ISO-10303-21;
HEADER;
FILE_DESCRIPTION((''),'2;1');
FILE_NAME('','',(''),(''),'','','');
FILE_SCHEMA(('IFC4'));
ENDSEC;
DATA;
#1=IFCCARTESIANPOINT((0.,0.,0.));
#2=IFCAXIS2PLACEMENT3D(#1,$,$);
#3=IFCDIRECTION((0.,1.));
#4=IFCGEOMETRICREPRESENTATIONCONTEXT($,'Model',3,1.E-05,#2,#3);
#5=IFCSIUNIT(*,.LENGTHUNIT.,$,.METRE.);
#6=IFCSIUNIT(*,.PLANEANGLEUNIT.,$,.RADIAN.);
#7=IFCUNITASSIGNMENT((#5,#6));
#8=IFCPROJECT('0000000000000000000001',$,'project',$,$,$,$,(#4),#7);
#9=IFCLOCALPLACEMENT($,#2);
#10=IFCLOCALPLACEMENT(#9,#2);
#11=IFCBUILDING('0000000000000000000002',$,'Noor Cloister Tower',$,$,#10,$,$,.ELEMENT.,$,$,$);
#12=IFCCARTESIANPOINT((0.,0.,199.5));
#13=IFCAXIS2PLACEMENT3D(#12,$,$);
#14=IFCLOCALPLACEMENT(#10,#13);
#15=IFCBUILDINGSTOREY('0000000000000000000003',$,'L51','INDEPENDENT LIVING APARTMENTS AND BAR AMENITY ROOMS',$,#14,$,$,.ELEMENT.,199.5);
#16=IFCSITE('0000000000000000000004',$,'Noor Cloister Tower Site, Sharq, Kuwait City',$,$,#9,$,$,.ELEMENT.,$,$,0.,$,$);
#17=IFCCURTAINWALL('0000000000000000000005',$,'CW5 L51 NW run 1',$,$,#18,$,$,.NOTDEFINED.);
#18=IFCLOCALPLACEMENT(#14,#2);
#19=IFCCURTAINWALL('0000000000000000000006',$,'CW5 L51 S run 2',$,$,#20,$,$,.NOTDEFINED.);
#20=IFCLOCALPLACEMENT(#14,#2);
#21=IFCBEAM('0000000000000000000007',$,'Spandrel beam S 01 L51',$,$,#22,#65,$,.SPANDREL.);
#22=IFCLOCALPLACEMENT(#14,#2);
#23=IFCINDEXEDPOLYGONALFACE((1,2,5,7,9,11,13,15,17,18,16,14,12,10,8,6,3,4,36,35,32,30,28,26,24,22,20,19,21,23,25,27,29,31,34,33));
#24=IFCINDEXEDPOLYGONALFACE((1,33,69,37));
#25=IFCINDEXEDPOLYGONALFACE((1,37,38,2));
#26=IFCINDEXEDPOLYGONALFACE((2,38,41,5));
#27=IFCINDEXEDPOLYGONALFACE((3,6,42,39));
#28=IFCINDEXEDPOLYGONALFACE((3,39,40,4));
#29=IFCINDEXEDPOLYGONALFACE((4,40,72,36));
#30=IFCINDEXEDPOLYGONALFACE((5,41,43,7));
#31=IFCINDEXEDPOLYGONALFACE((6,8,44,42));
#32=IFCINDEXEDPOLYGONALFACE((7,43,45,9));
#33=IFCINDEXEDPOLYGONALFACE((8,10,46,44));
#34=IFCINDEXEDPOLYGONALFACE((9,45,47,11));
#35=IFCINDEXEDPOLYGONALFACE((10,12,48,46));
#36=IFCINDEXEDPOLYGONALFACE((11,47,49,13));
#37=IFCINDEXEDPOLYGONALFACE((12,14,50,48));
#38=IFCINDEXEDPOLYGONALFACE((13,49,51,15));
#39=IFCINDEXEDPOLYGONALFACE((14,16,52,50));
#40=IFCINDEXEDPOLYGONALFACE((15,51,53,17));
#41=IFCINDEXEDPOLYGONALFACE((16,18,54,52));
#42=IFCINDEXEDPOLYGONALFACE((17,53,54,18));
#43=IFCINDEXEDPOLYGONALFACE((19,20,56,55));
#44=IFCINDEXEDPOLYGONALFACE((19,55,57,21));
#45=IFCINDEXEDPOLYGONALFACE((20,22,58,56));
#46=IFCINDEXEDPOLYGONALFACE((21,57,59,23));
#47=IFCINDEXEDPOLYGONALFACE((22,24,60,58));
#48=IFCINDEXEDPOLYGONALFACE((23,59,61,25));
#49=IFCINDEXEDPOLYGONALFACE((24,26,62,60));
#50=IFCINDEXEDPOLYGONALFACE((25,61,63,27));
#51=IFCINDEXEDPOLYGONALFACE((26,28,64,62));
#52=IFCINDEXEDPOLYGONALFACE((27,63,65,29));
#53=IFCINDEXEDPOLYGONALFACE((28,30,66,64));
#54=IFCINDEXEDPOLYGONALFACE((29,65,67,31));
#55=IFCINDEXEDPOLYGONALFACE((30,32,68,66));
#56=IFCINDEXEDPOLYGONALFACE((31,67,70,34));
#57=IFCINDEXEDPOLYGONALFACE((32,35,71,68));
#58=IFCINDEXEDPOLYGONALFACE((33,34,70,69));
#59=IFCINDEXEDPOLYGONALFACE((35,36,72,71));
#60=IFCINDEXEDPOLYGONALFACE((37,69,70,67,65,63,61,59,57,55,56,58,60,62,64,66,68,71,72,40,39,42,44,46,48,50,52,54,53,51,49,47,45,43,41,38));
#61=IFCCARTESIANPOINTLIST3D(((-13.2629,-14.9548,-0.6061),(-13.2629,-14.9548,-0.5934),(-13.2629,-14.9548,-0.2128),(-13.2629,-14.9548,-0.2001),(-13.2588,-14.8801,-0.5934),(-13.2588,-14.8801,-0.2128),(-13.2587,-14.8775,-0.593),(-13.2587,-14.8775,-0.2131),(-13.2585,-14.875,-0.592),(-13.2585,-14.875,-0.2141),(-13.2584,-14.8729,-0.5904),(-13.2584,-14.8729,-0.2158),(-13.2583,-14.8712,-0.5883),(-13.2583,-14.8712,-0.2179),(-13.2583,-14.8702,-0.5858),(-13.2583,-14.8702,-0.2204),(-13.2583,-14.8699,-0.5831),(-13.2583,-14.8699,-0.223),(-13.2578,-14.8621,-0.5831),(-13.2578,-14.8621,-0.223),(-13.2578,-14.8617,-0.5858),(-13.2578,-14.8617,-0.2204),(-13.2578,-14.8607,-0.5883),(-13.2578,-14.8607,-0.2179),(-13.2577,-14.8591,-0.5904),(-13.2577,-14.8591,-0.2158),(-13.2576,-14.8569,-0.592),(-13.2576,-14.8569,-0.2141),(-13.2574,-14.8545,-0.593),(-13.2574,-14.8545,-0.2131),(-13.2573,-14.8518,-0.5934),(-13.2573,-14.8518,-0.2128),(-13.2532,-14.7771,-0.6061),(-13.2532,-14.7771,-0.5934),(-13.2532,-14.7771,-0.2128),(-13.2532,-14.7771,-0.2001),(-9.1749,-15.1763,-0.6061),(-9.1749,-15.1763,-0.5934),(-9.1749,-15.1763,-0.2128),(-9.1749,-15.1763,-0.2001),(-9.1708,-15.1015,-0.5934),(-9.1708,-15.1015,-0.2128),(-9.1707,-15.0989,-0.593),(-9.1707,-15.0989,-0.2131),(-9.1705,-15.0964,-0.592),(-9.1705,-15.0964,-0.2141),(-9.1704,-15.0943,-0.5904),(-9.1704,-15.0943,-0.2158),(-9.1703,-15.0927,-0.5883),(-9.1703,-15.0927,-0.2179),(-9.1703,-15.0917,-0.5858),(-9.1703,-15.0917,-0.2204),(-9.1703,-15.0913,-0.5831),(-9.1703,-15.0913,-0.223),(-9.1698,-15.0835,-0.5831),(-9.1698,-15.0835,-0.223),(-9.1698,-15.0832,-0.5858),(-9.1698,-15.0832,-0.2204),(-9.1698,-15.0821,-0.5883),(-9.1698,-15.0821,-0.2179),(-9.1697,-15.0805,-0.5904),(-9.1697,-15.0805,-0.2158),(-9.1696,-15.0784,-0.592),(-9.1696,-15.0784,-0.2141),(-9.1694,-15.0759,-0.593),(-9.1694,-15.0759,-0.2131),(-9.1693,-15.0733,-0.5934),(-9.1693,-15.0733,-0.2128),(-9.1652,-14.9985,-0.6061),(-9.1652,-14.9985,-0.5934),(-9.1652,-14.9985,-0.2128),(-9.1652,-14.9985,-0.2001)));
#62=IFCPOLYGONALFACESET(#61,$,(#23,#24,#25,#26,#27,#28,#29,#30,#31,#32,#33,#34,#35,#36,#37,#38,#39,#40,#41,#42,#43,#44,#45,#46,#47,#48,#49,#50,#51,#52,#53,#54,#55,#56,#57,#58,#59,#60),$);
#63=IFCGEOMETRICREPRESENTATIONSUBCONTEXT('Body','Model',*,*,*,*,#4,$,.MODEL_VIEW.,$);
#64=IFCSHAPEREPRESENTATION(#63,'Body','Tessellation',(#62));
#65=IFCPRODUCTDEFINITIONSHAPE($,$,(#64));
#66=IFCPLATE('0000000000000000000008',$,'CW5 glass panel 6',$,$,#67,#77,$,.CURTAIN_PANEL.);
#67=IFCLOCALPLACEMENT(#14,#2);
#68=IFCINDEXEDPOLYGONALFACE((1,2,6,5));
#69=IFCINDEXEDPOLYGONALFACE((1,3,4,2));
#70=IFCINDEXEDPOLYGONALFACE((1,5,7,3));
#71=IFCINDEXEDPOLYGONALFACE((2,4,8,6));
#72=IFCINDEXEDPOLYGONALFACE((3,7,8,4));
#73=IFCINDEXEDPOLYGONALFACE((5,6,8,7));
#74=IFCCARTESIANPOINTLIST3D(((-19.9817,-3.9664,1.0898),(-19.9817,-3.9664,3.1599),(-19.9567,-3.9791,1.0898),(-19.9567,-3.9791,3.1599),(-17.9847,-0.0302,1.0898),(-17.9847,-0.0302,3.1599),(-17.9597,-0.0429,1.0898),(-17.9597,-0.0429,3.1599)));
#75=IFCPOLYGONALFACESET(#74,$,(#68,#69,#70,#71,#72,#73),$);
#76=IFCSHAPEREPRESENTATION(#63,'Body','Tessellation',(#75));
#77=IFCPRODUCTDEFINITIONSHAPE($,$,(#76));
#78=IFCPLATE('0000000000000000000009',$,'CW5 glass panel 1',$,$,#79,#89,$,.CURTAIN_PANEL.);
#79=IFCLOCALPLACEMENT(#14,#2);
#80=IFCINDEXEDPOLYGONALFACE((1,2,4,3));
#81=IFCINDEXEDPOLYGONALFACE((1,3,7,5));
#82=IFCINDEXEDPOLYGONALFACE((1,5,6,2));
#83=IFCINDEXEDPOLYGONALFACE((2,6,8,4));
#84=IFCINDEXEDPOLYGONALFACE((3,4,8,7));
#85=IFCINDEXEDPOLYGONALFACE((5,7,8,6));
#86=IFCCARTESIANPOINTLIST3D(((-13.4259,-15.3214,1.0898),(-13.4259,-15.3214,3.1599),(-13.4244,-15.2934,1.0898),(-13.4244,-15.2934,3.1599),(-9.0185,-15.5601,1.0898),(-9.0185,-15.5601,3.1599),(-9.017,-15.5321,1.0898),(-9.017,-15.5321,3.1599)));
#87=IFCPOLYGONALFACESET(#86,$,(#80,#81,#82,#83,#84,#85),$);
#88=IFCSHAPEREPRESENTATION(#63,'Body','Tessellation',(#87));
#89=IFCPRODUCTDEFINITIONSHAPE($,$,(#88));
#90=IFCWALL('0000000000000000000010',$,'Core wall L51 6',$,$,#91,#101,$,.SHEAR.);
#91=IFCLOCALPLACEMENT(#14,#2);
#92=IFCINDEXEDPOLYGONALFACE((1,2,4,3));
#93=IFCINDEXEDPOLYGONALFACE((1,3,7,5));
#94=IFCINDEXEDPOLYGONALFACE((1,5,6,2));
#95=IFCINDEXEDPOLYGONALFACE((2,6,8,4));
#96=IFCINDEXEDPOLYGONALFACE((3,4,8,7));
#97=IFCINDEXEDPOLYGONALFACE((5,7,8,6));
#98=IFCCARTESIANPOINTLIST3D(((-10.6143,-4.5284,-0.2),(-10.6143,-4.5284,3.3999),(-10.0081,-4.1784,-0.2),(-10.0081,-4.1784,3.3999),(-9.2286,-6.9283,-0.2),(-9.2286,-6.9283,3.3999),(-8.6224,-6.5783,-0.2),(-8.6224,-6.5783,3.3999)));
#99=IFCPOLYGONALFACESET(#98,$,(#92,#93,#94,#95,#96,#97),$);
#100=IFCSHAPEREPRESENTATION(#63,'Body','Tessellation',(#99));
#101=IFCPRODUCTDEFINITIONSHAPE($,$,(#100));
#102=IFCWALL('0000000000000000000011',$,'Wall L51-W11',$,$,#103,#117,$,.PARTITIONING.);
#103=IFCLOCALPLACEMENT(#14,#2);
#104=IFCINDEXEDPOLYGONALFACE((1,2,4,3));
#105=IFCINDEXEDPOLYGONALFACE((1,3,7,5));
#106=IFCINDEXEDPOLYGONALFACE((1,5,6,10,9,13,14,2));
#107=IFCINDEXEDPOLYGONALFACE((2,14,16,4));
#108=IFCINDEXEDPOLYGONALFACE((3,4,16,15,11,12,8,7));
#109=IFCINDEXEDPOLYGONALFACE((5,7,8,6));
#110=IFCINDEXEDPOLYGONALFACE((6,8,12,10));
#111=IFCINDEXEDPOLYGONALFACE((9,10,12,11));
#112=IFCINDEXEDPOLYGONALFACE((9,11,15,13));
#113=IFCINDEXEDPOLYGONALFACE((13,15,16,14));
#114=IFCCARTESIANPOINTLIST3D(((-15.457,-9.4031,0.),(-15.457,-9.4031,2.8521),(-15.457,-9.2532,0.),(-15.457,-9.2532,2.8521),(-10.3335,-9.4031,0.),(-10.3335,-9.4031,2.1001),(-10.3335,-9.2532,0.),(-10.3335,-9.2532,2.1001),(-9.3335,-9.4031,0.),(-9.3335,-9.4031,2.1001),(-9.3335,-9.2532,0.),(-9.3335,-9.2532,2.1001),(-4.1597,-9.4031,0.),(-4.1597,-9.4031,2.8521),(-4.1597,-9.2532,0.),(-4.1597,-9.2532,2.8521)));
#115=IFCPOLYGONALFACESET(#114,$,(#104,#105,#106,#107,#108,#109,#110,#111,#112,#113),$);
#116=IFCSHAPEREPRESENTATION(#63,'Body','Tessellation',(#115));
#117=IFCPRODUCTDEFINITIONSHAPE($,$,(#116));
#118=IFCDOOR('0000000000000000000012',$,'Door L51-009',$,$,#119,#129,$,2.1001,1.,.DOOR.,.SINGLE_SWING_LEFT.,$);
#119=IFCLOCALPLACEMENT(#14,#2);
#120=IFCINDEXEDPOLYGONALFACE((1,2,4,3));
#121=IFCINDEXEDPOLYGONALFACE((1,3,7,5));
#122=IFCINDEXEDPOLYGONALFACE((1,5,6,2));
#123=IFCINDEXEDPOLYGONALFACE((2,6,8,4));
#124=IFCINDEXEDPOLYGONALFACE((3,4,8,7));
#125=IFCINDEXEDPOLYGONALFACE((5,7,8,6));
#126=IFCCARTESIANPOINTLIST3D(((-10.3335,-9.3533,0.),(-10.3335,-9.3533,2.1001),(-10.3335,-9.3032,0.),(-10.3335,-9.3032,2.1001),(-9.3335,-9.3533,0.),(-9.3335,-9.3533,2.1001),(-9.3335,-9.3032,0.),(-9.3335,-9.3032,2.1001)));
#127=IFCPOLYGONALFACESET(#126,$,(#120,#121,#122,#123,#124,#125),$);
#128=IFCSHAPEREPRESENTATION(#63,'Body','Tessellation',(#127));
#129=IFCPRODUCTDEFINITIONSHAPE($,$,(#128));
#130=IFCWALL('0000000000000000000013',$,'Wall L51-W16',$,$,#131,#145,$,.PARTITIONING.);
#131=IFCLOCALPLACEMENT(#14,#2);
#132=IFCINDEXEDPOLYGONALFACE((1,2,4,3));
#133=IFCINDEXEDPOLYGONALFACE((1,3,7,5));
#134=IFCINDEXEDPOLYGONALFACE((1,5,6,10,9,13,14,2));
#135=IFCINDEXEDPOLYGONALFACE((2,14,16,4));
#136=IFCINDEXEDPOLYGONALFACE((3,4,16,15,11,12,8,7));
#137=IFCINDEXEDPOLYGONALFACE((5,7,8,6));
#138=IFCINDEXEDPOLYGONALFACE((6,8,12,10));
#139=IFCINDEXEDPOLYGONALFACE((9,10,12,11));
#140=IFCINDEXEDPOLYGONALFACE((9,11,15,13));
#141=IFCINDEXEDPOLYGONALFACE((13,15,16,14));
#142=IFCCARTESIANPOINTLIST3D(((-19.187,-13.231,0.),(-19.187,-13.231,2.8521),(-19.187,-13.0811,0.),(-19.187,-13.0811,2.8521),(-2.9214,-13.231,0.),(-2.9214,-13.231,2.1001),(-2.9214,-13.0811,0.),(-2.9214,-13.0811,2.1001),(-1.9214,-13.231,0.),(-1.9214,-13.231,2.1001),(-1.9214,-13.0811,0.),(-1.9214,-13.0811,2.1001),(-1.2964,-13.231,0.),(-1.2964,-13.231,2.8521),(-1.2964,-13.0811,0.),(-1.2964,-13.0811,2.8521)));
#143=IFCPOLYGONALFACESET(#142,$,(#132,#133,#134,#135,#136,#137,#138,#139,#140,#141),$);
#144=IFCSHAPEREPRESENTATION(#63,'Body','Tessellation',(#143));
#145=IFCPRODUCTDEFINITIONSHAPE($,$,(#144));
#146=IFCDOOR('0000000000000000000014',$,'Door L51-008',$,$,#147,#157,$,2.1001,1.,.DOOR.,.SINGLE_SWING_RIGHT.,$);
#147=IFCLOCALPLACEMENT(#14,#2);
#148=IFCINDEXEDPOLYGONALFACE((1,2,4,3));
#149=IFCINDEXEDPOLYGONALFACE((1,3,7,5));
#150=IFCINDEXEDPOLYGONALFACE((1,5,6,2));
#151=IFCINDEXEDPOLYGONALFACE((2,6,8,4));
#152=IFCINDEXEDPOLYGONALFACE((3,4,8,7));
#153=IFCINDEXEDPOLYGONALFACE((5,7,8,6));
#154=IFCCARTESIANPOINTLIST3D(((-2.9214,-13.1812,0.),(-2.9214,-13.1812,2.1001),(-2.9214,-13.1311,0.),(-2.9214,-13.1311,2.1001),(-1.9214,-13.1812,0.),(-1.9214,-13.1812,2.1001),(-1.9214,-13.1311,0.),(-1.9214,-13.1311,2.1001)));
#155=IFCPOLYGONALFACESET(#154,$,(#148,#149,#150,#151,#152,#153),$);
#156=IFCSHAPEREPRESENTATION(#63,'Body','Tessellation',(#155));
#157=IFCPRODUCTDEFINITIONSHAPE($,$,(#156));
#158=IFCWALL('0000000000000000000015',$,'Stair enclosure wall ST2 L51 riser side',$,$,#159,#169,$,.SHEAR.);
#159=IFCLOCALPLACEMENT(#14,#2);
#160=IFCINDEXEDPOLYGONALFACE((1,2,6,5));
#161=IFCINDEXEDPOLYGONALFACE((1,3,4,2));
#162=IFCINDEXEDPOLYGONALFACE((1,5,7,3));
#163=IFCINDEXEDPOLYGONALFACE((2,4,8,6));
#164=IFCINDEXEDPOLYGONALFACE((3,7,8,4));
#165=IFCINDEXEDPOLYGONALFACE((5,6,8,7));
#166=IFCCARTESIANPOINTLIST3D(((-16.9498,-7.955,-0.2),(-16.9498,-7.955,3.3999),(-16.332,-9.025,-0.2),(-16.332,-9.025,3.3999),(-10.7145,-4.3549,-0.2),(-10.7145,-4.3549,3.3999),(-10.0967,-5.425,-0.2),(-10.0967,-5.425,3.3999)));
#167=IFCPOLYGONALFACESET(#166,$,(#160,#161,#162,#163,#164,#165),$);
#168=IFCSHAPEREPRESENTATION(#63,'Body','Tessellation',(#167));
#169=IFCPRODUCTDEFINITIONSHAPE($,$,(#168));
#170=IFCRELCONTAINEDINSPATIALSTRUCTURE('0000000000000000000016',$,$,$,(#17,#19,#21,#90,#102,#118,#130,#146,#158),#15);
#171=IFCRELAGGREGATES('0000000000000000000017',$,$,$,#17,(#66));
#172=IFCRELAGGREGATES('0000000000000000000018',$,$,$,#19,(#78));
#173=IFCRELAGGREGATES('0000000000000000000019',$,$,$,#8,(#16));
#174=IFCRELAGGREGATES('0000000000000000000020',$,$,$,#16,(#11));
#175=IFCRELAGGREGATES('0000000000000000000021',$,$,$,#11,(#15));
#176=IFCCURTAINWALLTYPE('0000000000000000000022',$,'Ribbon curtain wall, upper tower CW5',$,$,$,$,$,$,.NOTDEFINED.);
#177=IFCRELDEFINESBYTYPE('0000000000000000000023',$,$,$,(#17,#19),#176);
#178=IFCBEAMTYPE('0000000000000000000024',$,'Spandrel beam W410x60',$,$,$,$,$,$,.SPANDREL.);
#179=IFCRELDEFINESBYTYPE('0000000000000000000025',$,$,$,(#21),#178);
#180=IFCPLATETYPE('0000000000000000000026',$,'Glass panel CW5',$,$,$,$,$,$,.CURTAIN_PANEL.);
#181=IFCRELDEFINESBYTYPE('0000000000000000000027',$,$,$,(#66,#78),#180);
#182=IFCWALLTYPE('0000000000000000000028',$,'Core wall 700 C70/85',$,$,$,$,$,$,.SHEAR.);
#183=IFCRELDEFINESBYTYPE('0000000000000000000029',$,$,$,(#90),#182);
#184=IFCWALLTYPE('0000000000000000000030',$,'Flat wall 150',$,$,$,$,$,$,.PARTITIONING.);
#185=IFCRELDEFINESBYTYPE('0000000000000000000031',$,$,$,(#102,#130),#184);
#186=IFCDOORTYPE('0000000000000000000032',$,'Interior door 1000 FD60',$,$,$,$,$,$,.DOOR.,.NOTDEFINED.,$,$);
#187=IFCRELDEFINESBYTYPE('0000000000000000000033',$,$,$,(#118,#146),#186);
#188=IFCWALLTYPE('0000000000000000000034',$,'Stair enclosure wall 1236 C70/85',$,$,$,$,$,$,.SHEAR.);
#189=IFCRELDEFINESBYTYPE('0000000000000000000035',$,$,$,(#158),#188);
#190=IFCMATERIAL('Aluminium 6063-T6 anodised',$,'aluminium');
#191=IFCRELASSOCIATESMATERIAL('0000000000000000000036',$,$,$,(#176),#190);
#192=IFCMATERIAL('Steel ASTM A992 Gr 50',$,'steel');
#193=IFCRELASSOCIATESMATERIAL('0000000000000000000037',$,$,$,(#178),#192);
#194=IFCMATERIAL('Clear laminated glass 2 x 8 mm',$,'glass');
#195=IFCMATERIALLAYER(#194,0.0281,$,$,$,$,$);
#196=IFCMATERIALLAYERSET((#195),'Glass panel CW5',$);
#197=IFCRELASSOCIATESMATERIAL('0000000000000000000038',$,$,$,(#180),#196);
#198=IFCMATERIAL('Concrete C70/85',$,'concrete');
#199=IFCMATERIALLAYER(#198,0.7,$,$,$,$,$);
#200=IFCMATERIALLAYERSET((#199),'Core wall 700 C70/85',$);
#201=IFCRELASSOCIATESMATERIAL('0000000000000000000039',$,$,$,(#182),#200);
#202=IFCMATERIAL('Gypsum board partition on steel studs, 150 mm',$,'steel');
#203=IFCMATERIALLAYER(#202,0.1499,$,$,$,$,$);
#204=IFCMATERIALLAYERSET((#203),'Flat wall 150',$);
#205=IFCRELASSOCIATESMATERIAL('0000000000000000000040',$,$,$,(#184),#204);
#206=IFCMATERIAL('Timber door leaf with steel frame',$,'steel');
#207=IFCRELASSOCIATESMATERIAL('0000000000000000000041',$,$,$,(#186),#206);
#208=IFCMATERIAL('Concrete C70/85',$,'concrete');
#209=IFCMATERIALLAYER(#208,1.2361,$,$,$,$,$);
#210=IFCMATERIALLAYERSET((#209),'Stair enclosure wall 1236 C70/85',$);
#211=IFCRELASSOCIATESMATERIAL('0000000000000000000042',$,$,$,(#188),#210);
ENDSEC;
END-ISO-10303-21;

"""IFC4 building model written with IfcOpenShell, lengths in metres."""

from ifc_helpers import new_model, si_unit, direction, frame, frame_2d, origin, origin_2d, place, context, subcontext, project, spatial, rectangle, i_section, extrude, material, layer, layer_set, material_profile, profile_set, type_object, element, fill, aggregate, save


model = new_model("IFC4")

# Units and contexts
model_context = context("Model", 3, precision=1e-05, world=origin(), true_north=direction((0.0, 1.0)))
body_context = subcontext(model_context, "Body", "Model", "MODEL_VIEW")
ifc_project = project(units=[si_unit("LENGTHUNIT", "METRE"), si_unit("PLANEANGLEUNIT", "RADIAN")], contexts=[model_context])

# Site, building, storey
site_placement = place(None, origin())
site = spatial("IfcSite", under=ifc_project, at=site_placement, Name="Noor Cloister Tower Site, Sharq, Kuwait City", CompositionType="ELEMENT", RefElevation=0.0)
building_placement = place(site_placement, origin())
building = spatial("IfcBuilding", under=site, at=building_placement, Name="Noor Cloister Tower", CompositionType="ELEMENT")
storey_placement = place(building_placement, frame((0.0, 0.0, 199.5)))
storey = spatial("IfcBuildingStorey", under=building, at=storey_placement, Name="L51", Description="INDEPENDENT LIVING APARTMENTS AND BAR AMENITY ROOMS", CompositionType="ELEMENT", Elevation=199.5)

# Curtain wall
ifc_material_1 = material(Name="Aluminium 6063-T6 anodised", Category="aluminium")
curtain_wall_type = type_object("IfcCurtainWallType", Name="Ribbon curtain wall, upper tower CW5", PredefinedType="NOTDEFINED", material=ifc_material_1)
curtain_wall_1_placement = place(storey_placement, origin())
curtain_wall_1 = element("IfcCurtainWall", 1, at=curtain_wall_1_placement, inside=storey, type_object=curtain_wall_type, Name="CW5 L51 NW run 1", PredefinedType="NOTDEFINED")

# Curtain wall
curtain_wall_2_placement = place(storey_placement, origin())
curtain_wall_2 = element("IfcCurtainWall", 2, at=curtain_wall_2_placement, inside=storey, type_object=curtain_wall_type, Name="CW5 L51 S run 2", PredefinedType="NOTDEFINED")

# Beam
ifc_material_2 = material(Name="Steel ASTM A992 Gr 50", Category="steel")
ifc_material_profile_1 = material_profile(ifc_material_2, i_section(OverallWidth=0.178, OverallDepth=0.406, WebThickness=0.0078, FlangeThickness=0.0127, FilletRadius=0.0103, at=origin_2d()), Name="W410x60")
ifc_profile_set_1 = profile_set([ifc_material_profile_1], Name="Steel ASTM A992 Gr 50")
beam_type_1 = type_object("IfcBeamType", Name="Spandrel beam W410x60", PredefinedType="SPANDREL", material=ifc_profile_set_1)
for number, where, z_axis, x_axis, name in (
    (3, (-13.2581, -14.866, -0.4031), (0.998536, -0.054089, 0.0), (0.054089, 0.998536, 0.0), "Spandrel beam S 01 L51"),
):
    element("IfcBeam", number, at=place(storey_placement, frame(where, z_axis=z_axis, x_axis=x_axis)), inside=storey, type_object=beam_type_1, Name=name, PredefinedType="SPANDREL", context=body_context, shape_type="SweptSolid", body=[
        extrude(i_section(OverallWidth=0.178, OverallDepth=0.406, WebThickness=0.0078, FlangeThickness=0.0127, FilletRadius=0.0103, at=origin_2d()), origin(), (0.0, 0.0, 1.0), 4.094),
    ])

# Plates
ifc_material_3 = material(Name="Clear laminated glass 2 x 8 mm", Category="glass")
ifc_layer_1 = layer(ifc_material_3, 0.0281)
ifc_layer_set_1 = layer_set([ifc_layer_1], Name="Glass panel CW5")
plate_type = type_object("IfcPlateType", Name="Glass panel CW5", PredefinedType="CURTAIN_PANEL", material=ifc_layer_set_1)
plate_1_placement = place(storey_placement, frame((-18.9707, -2.0046, 1.0898), z_axis=(0.0, 0.0, 1.0), x_axis=(-0.452439, -0.891795, 0.0)))
plate_1 = element("IfcPlate", 4, at=plate_1_placement, type_object=plate_type, Name="CW5 glass panel 6", PredefinedType="CURTAIN_PANEL", context=body_context, shape_type="SweptSolid", body=[
    extrude(rectangle(XDim=4.4138, YDim=0.0281, at=origin_2d()), origin(), (0.0, 0.0, 1.0), 2.0701),
])
aggregate(curtain_wall_1, [plate_1])
plate_2_placement = place(storey_placement, frame((-11.2214, -15.4268, 1.0898), z_axis=(0.0, 0.0, 1.0), x_axis=(0.998537, -0.054074, 0.0)))
plate_2 = element("IfcPlate", 5, at=plate_2_placement, type_object=plate_type, Name="CW5 glass panel 1", PredefinedType="CURTAIN_PANEL", context=body_context, shape_type="SweptSolid", body=[
    extrude(rectangle(XDim=4.4138, YDim=0.0281, at=origin_2d()), origin(), (0.0, 0.0, 1.0), 2.0701),
])
aggregate(curtain_wall_2, [plate_2])

# Wall
ifc_material_4 = material(Name="Concrete C70/85", Category="concrete")
ifc_layer_2 = layer(ifc_material_4, 0.7)
ifc_layer_set_2 = layer_set([ifc_layer_2], Name="Core wall 700 C70/85")
wall_type_1 = type_object("IfcWallType", Name="Core wall 700 C70/85", PredefinedType="SHEAR", material=ifc_layer_set_2)
wall_1_placement = place(storey_placement, frame((-10.3113, -4.3533, -0.2), z_axis=(0.0, 0.0, 1.0), x_axis=(0.500043, -0.866001, 0.0)))
element("IfcWall", 6, at=wall_1_placement, inside=storey, type_object=wall_type_1, Name="Core wall L51 6", PredefinedType="SHEAR", context=body_context, shape_type="SweptSolid", body=[
    extrude(rectangle(XDim=2.7712, YDim=0.7, at=frame_2d((1.3857, 0.0))), origin(), (0.0, 0.0, 1.0), 3.5999),
])

# Walls, openings, doors
ifc_material_5 = material(Name="Gypsum board partition on steel studs, 150 mm", Category="steel")
ifc_layer_3 = layer(ifc_material_5, 0.1499)
ifc_layer_set_3 = layer_set([ifc_layer_3], Name="Flat wall 150")
wall_type_2 = type_object("IfcWallType", Name="Flat wall 150", PredefinedType="PARTITIONING", material=ifc_layer_set_3)
wall_2_placement = place(storey_placement, frame((-15.457, -9.3281, 0.0), z_axis=(0.0, 0.0, 1.0), x_axis=(1.0, 0.0, 0.0)))
wall_2 = element("IfcWall", 7, at=wall_2_placement, inside=storey, type_object=wall_type_2, Name="Wall L51-W11", PredefinedType="PARTITIONING", context=body_context, shape_type="SweptSolid", body=[
    extrude(rectangle(XDim=11.2974, YDim=0.1499, at=frame_2d((5.6487, 0.0))), origin(), (0.0, 0.0, 1.0), 2.8521),
])
opening_1_placement = place(wall_2_placement, frame((5.1235, 0.0, 0.0)))
opening_1 = element("IfcOpeningElement", 8, at=opening_1_placement, cuts=wall_2, PredefinedType="OPENING", context=body_context, shape_type="SweptSolid", body=[
    extrude(rectangle(XDim=1.0, YDim=2.1001, at=frame_2d((0.5, 1.05))), frame((0.0, 0.085, 0.0), z_axis=(0.0, -1.0, 0.0), x_axis=(1.0, 0.0, 0.0)), (0.0, 0.0, 1.0), 0.1699),
])
ifc_material_6 = material(Name="Timber door leaf with steel frame", Category="steel")
door_type_1 = type_object("IfcDoorType", Name="Interior door 1000 FD60", OperationType="NOTDEFINED", PredefinedType="DOOR", material=ifc_material_6)
door_1_placement = place(opening_1_placement, origin())
door_1 = element("IfcDoor", 9, at=door_1_placement, inside=storey, type_object=door_type_1, Name="Door L51-009", OperationType="SINGLE_SWING_LEFT", OverallHeight=2.1001, OverallWidth=1.0, PredefinedType="DOOR", context=body_context, shape_type="SweptSolid", body=[
    extrude(rectangle(XDim=1.0, YDim=2.1001, at=frame_2d((0.5, 1.05))), frame((0.0, 0.0249, 0.0), z_axis=(0.0, -1.0, 0.0), x_axis=(1.0, 0.0, 0.0)), (0.0, 0.0, 1.0), 0.05),
])
fill(opening_1, door_1)
wall_3_placement = place(storey_placement, frame((-19.187, -13.156, 0.0), z_axis=(0.0, 0.0, 1.0), x_axis=(1.0, 0.0, 0.0)))
wall_3 = element("IfcWall", 10, at=wall_3_placement, inside=storey, type_object=wall_type_2, Name="Wall L51-W16", PredefinedType="PARTITIONING", context=body_context, shape_type="SweptSolid", body=[
    extrude(rectangle(XDim=17.8906, YDim=0.1499, at=frame_2d((8.9453, 0.0))), origin(), (0.0, 0.0, 1.0), 2.8521),
])
opening_2_placement = place(wall_3_placement, frame((16.2656, 0.0, 0.0)))
opening_2 = element("IfcOpeningElement", 11, at=opening_2_placement, cuts=wall_3, PredefinedType="OPENING", context=body_context, shape_type="SweptSolid", body=[
    extrude(rectangle(XDim=1.0, YDim=2.1001, at=frame_2d((0.5, 1.05))), frame((0.0, 0.085, 0.0), z_axis=(0.0, -1.0, 0.0), x_axis=(1.0, 0.0, 0.0)), (0.0, 0.0, 1.0), 0.1699),
])
door_2_placement = place(opening_2_placement, origin())
door_2 = element("IfcDoor", 12, at=door_2_placement, inside=storey, type_object=door_type_1, Name="Door L51-008", OperationType="SINGLE_SWING_RIGHT", OverallHeight=2.1001, OverallWidth=1.0, PredefinedType="DOOR", context=body_context, shape_type="SweptSolid", body=[
    extrude(rectangle(XDim=1.0, YDim=2.1001, at=frame_2d((0.5, 1.05))), frame((0.0, 0.0249, 0.0), z_axis=(0.0, -1.0, 0.0), x_axis=(1.0, 0.0, 0.0)), (0.0, 0.0, 1.0), 0.05),
])
fill(opening_2, door_2)

# Wall
ifc_material_7 = material(Name="Concrete C70/85", Category="concrete")
ifc_layer_4 = layer(ifc_material_7, 1.2361)
ifc_layer_set_4 = layer_set([ifc_layer_4], Name="Stair enclosure wall 1236 C70/85")
wall_type_3 = type_object("IfcWallType", Name="Stair enclosure wall 1236 C70/85", PredefinedType="SHEAR", material=ifc_layer_set_4)
wall_4_placement = place(storey_placement, frame((-10.4055, -4.8899, -0.2), z_axis=(0.0, 0.0, 1.0), x_axis=(-0.866018, -0.500012, 0.0)))
element("IfcWall", 13, at=wall_4_placement, inside=storey, type_object=wall_type_3, Name="Stair enclosure wall ST2 L51 riser side", PredefinedType="SHEAR", context=body_context, shape_type="SweptSolid", body=[
    extrude(rectangle(XDim=7.2, YDim=1.2356, at=frame_2d((3.6001, 0.0))), origin(), (0.0, 0.0, 1.0), 3.5999),
])

save(model, "model.ifc")
